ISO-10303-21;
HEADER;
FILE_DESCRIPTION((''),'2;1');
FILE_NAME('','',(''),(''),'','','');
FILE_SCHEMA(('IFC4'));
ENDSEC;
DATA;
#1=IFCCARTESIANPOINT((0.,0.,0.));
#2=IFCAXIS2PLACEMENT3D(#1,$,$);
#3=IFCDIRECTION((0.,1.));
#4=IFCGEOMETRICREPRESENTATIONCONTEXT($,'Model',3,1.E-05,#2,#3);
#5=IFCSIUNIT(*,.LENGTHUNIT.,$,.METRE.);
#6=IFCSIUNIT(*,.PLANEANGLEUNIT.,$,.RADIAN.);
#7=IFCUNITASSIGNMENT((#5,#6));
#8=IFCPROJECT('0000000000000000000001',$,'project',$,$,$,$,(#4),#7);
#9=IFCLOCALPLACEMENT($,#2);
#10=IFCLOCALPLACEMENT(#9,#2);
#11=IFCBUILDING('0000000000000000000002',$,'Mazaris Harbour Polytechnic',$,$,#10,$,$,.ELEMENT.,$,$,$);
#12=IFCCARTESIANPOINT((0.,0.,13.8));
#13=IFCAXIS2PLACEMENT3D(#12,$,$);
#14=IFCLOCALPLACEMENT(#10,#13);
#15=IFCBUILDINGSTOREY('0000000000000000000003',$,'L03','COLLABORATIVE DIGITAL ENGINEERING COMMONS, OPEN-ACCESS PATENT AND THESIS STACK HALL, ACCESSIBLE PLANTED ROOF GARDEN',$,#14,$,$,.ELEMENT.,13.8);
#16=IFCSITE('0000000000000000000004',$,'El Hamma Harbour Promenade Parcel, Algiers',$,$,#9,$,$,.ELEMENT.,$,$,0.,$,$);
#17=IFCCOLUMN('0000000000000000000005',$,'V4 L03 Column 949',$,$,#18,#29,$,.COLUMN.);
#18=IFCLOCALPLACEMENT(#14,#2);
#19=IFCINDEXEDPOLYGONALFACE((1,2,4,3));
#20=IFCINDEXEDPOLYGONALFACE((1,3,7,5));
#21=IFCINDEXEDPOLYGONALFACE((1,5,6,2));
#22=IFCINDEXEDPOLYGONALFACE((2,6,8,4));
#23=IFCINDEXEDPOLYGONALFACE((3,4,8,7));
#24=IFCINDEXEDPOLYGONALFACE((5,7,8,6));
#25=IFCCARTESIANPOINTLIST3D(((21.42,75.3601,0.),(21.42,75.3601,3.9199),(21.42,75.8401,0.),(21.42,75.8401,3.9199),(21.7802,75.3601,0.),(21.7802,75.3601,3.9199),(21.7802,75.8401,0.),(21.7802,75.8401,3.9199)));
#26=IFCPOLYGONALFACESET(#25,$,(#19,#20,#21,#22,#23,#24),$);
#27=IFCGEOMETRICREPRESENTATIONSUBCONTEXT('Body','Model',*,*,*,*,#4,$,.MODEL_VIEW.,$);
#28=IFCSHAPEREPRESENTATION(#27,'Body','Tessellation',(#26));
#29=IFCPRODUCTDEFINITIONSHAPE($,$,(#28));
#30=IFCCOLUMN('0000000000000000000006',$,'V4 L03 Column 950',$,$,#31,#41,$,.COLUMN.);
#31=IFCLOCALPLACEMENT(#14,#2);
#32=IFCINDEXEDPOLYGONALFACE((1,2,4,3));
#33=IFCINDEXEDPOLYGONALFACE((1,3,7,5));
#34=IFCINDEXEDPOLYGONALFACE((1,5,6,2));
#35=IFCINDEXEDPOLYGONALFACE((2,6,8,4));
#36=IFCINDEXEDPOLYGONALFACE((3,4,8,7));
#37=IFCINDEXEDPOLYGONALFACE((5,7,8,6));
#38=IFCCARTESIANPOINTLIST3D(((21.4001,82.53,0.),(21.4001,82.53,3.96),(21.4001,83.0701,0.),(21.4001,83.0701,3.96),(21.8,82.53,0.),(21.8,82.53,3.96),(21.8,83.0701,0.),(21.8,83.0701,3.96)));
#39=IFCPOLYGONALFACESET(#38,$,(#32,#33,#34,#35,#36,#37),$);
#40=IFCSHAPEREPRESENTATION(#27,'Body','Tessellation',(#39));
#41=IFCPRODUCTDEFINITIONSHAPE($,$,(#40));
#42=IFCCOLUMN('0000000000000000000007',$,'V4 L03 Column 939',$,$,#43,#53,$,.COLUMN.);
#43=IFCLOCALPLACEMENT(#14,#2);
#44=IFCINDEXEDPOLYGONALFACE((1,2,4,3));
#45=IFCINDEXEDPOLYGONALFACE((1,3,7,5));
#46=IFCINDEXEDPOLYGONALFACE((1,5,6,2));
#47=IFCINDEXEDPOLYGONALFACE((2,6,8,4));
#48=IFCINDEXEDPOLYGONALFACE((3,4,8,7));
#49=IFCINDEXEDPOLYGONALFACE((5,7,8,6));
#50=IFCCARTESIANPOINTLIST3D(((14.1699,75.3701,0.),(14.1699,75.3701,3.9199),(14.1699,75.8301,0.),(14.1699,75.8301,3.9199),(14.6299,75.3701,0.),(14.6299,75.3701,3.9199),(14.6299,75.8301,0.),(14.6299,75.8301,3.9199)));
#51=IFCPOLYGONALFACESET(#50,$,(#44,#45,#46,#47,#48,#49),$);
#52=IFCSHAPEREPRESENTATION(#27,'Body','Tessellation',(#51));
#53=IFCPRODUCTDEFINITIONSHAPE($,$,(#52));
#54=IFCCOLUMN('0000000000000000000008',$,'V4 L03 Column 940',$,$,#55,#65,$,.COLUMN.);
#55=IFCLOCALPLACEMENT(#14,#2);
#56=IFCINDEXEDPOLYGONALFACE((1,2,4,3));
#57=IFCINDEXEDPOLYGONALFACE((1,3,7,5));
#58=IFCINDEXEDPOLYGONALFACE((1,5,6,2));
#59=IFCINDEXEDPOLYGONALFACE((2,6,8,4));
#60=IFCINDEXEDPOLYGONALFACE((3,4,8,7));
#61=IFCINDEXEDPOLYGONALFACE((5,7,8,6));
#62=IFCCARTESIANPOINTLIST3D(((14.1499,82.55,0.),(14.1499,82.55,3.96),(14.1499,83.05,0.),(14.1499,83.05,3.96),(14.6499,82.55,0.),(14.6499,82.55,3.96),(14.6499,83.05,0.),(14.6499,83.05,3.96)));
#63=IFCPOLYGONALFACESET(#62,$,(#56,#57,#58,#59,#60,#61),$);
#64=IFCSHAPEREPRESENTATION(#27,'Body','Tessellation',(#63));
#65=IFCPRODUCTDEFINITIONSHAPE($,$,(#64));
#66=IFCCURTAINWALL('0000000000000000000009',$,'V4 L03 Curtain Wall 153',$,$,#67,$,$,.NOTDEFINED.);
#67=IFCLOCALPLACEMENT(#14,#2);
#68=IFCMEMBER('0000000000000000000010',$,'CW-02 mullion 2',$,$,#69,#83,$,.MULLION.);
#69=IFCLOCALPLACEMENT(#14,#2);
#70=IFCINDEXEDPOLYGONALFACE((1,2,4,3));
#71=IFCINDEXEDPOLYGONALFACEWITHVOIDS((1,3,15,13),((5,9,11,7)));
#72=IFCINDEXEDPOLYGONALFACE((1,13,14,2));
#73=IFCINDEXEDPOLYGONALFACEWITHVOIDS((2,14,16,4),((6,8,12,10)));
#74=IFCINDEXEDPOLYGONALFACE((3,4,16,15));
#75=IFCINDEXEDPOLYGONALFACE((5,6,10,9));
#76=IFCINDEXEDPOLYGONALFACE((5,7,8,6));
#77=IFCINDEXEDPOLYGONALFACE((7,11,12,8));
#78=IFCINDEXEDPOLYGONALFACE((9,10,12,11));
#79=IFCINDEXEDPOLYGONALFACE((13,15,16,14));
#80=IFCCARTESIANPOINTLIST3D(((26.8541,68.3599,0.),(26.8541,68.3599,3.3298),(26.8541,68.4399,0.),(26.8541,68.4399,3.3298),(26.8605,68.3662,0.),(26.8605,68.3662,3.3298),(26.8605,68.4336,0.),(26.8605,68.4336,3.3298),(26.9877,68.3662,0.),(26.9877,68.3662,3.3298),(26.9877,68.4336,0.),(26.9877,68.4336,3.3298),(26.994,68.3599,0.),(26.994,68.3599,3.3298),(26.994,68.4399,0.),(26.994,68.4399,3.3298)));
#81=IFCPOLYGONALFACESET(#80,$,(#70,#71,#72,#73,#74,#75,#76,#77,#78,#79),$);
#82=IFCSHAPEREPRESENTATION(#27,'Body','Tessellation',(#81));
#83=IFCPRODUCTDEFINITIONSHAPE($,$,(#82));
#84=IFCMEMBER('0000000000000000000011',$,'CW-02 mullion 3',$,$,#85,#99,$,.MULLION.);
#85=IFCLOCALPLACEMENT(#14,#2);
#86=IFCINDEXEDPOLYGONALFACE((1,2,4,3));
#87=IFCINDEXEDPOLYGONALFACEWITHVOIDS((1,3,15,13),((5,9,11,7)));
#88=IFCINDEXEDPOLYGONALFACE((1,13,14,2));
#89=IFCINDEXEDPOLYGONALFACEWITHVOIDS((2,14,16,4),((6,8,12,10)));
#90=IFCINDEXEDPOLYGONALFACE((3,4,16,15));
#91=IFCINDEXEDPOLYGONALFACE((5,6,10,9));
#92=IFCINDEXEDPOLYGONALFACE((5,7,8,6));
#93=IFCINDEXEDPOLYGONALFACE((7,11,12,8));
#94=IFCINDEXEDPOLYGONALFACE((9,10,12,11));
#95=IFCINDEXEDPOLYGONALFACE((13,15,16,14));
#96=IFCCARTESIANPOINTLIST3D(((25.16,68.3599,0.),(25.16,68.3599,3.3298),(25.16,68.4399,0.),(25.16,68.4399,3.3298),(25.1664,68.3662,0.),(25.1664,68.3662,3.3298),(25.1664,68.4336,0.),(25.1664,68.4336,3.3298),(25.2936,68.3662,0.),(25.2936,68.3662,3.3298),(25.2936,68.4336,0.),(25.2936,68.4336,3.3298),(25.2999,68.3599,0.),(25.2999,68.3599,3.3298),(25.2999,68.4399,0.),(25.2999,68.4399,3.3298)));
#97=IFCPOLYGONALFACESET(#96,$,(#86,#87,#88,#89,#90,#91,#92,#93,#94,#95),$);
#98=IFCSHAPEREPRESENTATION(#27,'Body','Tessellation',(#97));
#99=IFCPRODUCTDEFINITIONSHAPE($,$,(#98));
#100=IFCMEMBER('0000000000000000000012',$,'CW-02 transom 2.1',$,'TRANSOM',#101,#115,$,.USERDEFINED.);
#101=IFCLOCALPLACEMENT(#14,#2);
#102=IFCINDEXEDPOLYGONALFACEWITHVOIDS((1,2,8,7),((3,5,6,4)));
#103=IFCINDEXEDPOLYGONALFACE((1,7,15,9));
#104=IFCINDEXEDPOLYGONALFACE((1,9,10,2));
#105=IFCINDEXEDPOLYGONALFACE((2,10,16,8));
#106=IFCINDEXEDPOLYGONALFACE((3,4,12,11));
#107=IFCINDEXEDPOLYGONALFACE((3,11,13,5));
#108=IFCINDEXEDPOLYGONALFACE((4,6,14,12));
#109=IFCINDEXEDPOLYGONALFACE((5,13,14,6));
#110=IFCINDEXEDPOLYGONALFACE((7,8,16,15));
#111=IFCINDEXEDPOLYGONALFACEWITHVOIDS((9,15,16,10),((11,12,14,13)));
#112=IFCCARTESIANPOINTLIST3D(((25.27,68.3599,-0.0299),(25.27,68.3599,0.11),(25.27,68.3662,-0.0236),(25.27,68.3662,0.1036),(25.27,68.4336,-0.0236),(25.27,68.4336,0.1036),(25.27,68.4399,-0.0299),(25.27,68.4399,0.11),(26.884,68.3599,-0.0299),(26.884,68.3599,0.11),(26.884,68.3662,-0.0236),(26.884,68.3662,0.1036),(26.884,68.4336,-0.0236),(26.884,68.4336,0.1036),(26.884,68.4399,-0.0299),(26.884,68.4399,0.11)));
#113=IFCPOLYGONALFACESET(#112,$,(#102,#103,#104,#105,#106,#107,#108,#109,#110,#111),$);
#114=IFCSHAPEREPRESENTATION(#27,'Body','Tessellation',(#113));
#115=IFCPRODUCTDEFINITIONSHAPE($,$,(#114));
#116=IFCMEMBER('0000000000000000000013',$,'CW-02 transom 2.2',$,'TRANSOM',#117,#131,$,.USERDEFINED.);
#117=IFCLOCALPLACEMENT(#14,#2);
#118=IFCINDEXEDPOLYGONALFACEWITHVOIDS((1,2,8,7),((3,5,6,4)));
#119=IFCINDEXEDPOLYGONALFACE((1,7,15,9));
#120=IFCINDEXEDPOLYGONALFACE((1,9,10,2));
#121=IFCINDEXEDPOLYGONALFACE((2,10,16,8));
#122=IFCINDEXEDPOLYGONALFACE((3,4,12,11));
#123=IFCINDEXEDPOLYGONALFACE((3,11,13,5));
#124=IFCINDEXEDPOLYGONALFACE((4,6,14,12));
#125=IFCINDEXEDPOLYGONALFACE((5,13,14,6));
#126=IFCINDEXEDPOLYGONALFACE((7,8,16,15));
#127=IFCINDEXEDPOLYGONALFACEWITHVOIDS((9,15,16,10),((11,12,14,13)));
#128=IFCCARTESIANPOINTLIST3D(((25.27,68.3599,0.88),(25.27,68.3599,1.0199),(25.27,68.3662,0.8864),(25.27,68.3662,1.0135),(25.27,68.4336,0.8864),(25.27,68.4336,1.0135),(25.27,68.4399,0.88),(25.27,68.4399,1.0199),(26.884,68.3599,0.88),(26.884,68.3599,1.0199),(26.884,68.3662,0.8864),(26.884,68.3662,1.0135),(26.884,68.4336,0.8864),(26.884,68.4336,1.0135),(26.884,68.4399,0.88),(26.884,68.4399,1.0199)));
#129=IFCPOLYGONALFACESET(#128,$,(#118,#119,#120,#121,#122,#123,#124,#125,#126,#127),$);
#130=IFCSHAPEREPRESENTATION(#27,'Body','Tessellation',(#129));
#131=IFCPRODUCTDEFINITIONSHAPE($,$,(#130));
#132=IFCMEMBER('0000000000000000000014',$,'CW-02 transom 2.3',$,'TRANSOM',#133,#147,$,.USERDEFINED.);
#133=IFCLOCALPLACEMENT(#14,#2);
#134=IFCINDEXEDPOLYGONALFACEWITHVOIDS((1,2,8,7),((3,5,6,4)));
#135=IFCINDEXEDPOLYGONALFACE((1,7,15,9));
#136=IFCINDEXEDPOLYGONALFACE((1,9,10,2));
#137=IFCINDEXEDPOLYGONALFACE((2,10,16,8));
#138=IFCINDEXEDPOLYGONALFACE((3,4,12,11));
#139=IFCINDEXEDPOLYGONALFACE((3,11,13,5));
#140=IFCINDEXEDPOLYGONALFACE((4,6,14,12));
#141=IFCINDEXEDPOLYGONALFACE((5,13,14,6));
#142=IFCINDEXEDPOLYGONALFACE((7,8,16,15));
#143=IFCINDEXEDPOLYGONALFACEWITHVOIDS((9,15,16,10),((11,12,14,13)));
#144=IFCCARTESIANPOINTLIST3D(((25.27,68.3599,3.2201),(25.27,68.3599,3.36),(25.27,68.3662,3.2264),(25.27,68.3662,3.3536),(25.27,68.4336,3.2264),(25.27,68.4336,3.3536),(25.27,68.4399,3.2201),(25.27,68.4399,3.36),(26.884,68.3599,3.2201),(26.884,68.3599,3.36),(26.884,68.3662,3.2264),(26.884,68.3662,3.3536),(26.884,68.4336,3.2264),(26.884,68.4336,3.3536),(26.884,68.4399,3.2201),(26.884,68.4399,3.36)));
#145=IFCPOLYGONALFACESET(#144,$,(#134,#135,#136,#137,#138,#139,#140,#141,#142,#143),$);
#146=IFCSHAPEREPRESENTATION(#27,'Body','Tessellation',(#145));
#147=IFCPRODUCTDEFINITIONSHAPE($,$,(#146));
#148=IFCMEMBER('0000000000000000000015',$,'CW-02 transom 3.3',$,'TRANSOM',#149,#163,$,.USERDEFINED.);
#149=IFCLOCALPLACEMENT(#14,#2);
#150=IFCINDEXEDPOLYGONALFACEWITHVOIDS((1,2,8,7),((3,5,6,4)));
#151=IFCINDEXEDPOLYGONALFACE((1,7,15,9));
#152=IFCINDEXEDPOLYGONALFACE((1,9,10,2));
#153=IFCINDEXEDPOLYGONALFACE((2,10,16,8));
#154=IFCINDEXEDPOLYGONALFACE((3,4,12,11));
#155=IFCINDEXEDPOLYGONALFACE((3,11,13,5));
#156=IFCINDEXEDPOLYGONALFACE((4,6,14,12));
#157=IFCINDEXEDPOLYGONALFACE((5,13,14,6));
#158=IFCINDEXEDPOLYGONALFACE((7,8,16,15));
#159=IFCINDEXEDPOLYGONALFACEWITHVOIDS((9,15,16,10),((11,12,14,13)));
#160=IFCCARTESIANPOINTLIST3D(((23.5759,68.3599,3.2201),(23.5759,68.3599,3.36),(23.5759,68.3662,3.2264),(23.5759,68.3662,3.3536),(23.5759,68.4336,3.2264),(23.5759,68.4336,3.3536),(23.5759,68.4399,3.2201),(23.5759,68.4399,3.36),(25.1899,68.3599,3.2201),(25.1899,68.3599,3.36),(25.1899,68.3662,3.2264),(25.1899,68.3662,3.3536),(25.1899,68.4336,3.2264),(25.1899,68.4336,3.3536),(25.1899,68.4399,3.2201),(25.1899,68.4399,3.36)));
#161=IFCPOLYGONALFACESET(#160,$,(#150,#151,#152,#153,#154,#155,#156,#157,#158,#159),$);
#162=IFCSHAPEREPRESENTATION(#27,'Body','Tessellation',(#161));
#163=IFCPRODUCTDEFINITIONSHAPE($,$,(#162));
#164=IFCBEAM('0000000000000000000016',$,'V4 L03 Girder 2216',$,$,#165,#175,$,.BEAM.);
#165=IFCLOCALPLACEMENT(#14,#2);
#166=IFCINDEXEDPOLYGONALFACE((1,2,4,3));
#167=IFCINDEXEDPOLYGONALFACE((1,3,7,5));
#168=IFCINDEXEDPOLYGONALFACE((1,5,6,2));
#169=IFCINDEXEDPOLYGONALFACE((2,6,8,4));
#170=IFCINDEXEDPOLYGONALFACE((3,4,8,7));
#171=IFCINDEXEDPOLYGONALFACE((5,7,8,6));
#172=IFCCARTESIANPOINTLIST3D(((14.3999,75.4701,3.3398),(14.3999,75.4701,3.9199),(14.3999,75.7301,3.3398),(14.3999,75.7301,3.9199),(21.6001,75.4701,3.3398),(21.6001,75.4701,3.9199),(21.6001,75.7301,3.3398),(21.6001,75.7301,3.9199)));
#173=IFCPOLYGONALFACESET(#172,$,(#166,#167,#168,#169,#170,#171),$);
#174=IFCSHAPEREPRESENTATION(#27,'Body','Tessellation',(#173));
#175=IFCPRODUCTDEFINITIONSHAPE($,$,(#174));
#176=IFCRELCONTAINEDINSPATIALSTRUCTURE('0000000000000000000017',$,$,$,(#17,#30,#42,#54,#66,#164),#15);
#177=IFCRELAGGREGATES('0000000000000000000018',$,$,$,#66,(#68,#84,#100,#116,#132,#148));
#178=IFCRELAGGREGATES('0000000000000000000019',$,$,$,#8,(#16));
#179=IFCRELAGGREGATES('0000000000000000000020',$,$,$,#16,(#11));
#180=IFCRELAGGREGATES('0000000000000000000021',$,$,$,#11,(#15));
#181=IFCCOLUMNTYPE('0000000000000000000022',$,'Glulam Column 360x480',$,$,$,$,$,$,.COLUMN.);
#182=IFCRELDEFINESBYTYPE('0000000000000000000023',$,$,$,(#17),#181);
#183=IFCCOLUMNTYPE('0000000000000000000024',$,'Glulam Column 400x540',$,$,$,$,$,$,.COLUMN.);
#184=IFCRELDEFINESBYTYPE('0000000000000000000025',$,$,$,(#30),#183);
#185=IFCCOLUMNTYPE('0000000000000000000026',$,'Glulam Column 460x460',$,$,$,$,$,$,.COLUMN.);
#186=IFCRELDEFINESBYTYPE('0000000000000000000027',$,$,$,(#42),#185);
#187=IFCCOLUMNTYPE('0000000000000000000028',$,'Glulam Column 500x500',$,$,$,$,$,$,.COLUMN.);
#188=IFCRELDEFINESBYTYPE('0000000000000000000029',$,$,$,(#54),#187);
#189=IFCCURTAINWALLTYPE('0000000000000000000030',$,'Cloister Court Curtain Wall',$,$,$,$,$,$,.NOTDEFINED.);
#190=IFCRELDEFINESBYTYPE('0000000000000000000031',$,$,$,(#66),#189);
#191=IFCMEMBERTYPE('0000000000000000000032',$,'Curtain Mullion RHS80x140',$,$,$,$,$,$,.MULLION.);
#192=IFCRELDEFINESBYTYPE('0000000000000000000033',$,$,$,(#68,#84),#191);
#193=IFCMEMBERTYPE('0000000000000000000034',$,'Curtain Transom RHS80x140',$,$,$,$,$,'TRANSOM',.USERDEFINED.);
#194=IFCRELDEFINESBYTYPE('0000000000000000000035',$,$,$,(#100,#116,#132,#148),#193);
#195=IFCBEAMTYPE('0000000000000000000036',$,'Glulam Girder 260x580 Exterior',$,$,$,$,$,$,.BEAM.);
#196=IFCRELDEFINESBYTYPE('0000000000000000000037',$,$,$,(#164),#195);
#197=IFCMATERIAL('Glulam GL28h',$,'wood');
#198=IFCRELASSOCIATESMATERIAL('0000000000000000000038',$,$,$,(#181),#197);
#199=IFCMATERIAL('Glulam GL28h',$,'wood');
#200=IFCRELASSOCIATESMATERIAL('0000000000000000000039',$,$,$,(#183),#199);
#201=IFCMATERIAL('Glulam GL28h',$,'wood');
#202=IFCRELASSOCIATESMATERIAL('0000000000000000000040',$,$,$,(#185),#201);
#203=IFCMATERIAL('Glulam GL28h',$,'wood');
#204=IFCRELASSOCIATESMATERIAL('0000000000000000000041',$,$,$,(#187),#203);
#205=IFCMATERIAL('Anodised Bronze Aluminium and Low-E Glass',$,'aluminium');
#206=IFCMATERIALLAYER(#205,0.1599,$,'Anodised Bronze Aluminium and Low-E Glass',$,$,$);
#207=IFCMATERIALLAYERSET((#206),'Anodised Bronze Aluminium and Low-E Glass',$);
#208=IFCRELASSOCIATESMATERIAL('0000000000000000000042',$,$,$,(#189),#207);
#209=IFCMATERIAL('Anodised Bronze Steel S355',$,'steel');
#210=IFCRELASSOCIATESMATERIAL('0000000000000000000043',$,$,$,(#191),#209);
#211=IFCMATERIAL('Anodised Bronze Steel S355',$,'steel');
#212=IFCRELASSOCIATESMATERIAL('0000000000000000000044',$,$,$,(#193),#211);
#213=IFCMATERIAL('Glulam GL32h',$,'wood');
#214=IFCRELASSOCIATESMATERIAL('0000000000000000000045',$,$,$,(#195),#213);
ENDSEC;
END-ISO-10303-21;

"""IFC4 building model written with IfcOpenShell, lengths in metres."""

from ifc_helpers import new_model, si_unit, direction, frame, origin, origin_2d, place, context, subcontext, project, spatial, rectangle, hollow_rectangle, extrude, material, layer, layer_set, material_profile, profile_set, type_object, element, aggregate, save


model = new_model("IFC4")

# Units and contexts
model_context = context("Model", 3, precision=1e-05, world=origin(), true_north=direction((0.0, 1.0)))
body_context = subcontext(model_context, "Body", "Model", "MODEL_VIEW")
ifc_project = project(units=[si_unit("LENGTHUNIT", "METRE"), si_unit("PLANEANGLEUNIT", "RADIAN")], contexts=[model_context])

# Site, building, storey
site_placement = place(None, origin())
site = spatial("IfcSite", under=ifc_project, at=site_placement, Name="El Hamma Harbour Promenade Parcel, Algiers", CompositionType="ELEMENT", RefElevation=0.0)
building_placement = place(site_placement, origin())
building = spatial("IfcBuilding", under=site, at=building_placement, Name="Mazaris Harbour Polytechnic", CompositionType="ELEMENT")
storey_placement = place(building_placement, frame((0.0, 0.0, 13.8)))
storey = spatial("IfcBuildingStorey", under=building, at=storey_placement, Name="L03", Description="COLLABORATIVE DIGITAL ENGINEERING COMMONS, OPEN-ACCESS PATENT AND THESIS STACK HALL, ACCESSIBLE PLANTED ROOF GARDEN", CompositionType="ELEMENT", Elevation=13.8)

# Columns
ifc_material_1 = material(Name="Glulam GL28h", Category="wood")
ifc_material_profile_1 = material_profile(ifc_material_1, rectangle(XDim=0.3601, YDim=0.48, at=origin_2d()), Name="RECT360x480")
ifc_profile_set_1 = profile_set([ifc_material_profile_1], Name="Glulam GL28h")
column_type_1 = type_object("IfcColumnType", Name="Glulam Column 360x480", PredefinedType="COLUMN", material=ifc_profile_set_1)
column_1_placement = place(storey_placement, frame((21.6001, 75.6001, 0.0), z_axis=(0.0, 0.0, 1.0), x_axis=(1.0, 0.0, 0.0)))
element("IfcColumn", 1, at=column_1_placement, inside=storey, type_object=column_type_1, Name="V4 L03 Column 949", PredefinedType="COLUMN", context=body_context, shape_type="SweptSolid", body=[
    extrude(rectangle(XDim=0.3601, YDim=0.48, at=origin_2d()), origin(), (0.0, 0.0, 1.0), 3.9199),
])
ifc_material_2 = material(Name="Glulam GL28h", Category="wood")
ifc_material_profile_2 = material_profile(ifc_material_2, rectangle(XDim=0.3999, YDim=0.54, at=origin_2d()), Name="RECT400x540")
ifc_profile_set_2 = profile_set([ifc_material_profile_2], Name="Glulam GL28h")
column_type_2 = type_object("IfcColumnType", Name="Glulam Column 400x540", PredefinedType="COLUMN", material=ifc_profile_set_2)
column_2_placement = place(storey_placement, frame((21.6001, 82.8, 0.0), z_axis=(0.0, 0.0, 1.0), x_axis=(1.0, 0.0, 0.0)))
element("IfcColumn", 2, at=column_2_placement, inside=storey, type_object=column_type_2, Name="V4 L03 Column 950", PredefinedType="COLUMN", context=body_context, shape_type="SweptSolid", body=[
    extrude(rectangle(XDim=0.3999, YDim=0.54, at=origin_2d()), origin(), (0.0, 0.0, 1.0), 3.96),
])
ifc_material_3 = material(Name="Glulam GL28h", Category="wood")
ifc_material_profile_3 = material_profile(ifc_material_3, rectangle(XDim=0.46, YDim=0.46, at=origin_2d()), Name="RECT460x460")
ifc_profile_set_3 = profile_set([ifc_material_profile_3], Name="Glulam GL28h")
column_type_3 = type_object("IfcColumnType", Name="Glulam Column 460x460", PredefinedType="COLUMN", material=ifc_profile_set_3)
column_3_placement = place(storey_placement, frame((14.3999, 75.6001, 0.0), z_axis=(0.0, 0.0, 1.0), x_axis=(1.0, 0.0, 0.0)))
element("IfcColumn", 3, at=column_3_placement, inside=storey, type_object=column_type_3, Name="V4 L03 Column 939", PredefinedType="COLUMN", context=body_context, shape_type="SweptSolid", body=[
    extrude(rectangle(XDim=0.46, YDim=0.46, at=origin_2d()), origin(), (0.0, 0.0, 1.0), 3.9199),
])
ifc_material_4 = material(Name="Glulam GL28h", Category="wood")
ifc_material_profile_4 = material_profile(ifc_material_4, rectangle(XDim=0.5, YDim=0.5, at=origin_2d()), Name="RECT500x500")
ifc_profile_set_4 = profile_set([ifc_material_profile_4], Name="Glulam GL28h")
column_type_4 = type_object("IfcColumnType", Name="Glulam Column 500x500", PredefinedType="COLUMN", material=ifc_profile_set_4)
column_4_placement = place(storey_placement, frame((14.3999, 82.8, 0.0), z_axis=(0.0, 0.0, 1.0), x_axis=(1.0, 0.0, 0.0)))
element("IfcColumn", 4, at=column_4_placement, inside=storey, type_object=column_type_4, Name="V4 L03 Column 940", PredefinedType="COLUMN", context=body_context, shape_type="SweptSolid", body=[
    extrude(rectangle(XDim=0.5, YDim=0.5, at=origin_2d()), origin(), (0.0, 0.0, 1.0), 3.96),
])

# Curtain wall, members
ifc_material_5 = material(Name="Anodised Bronze Aluminium and Low-E Glass", Category="aluminium")
ifc_layer_1 = layer(ifc_material_5, 0.1599, Name="Anodised Bronze Aluminium and Low-E Glass")
ifc_layer_set_1 = layer_set([ifc_layer_1], Name="Anodised Bronze Aluminium and Low-E Glass")
curtain_wall_type = type_object("IfcCurtainWallType", Name="Cloister Court Curtain Wall", PredefinedType="NOTDEFINED", material=ifc_layer_set_1)
curtain_wall_placement = place(storey_placement, origin())
curtain_wall = element("IfcCurtainWall", 5, at=curtain_wall_placement, inside=storey, type_object=curtain_wall_type, Name="V4 L03 Curtain Wall 153", PredefinedType="NOTDEFINED")
ifc_material_6 = material(Name="Anodised Bronze Steel S355", Category="steel")
ifc_material_profile_5 = material_profile(ifc_material_6, hollow_rectangle(XDim=0.0801, YDim=0.1399, WallThickness=0.0063, at=origin_2d()), Name="RHS 80x140x6.3")
ifc_profile_set_5 = profile_set([ifc_material_profile_5], Name="Anodised Bronze Steel S355")
member_type_1 = type_object("IfcMemberType", Name="Curtain Mullion RHS80x140", PredefinedType="MULLION", material=ifc_profile_set_5)
member_1_placement = place(storey_placement, frame((26.9241, 68.3999, 0.0), z_axis=(0.0, 0.0, 1.0), x_axis=(0.0, -1.0, 0.0)))
member_1 = element("IfcMember", 6, at=member_1_placement, type_object=member_type_1, Name="CW-02 mullion 2", PredefinedType="MULLION", context=body_context, shape_type="SweptSolid", body=[
    extrude(hollow_rectangle(XDim=0.0801, YDim=0.1399, WallThickness=0.0063, at=origin_2d()), origin(), (0.0, 0.0, 1.0), 3.3298),
])
member_2_placement = place(storey_placement, frame((25.23, 68.3999, 0.0), z_axis=(0.0, 0.0, 1.0), x_axis=(0.0, -1.0, 0.0)))
member_2 = element("IfcMember", 7, at=member_2_placement, type_object=member_type_1, Name="CW-02 mullion 3", PredefinedType="MULLION", context=body_context, shape_type="SweptSolid", body=[
    extrude(hollow_rectangle(XDim=0.0801, YDim=0.1399, WallThickness=0.0063, at=origin_2d()), origin(), (0.0, 0.0, 1.0), 3.3298),
])
ifc_material_7 = material(Name="Anodised Bronze Steel S355", Category="steel")
ifc_material_profile_6 = material_profile(ifc_material_7, hollow_rectangle(XDim=0.0801, YDim=0.1399, WallThickness=0.0063, at=origin_2d()), Name="RHS 80x140x6.3")
ifc_profile_set_6 = profile_set([ifc_material_profile_6], Name="Anodised Bronze Steel S355")
member_type_2 = type_object("IfcMemberType", Name="Curtain Transom RHS80x140", ElementType="TRANSOM", PredefinedType="USERDEFINED", material=ifc_profile_set_6)
member_3_placement = place(storey_placement, frame((26.884, 68.3999, 0.04), z_axis=(-1.0, 0.0, 0.0), x_axis=(0.0, -1.0, 0.0)))
member_3 = element("IfcMember", 8, at=member_3_placement, type_object=member_type_2, Name="CW-02 transom 2.1", ObjectType="TRANSOM", PredefinedType="USERDEFINED", context=body_context, shape_type="SweptSolid", body=[
    extrude(hollow_rectangle(XDim=0.0801, YDim=0.1399, WallThickness=0.0063, at=origin_2d()), origin(), (0.0, 0.0, 1.0), 1.614),
])
member_4_placement = place(storey_placement, frame((26.884, 68.3999, 0.95), z_axis=(-1.0, 0.0, 0.0), x_axis=(0.0, -1.0, 0.0)))
member_4 = element("IfcMember", 9, at=member_4_placement, type_object=member_type_2, Name="CW-02 transom 2.2", ObjectType="TRANSOM", PredefinedType="USERDEFINED", context=body_context, shape_type="SweptSolid", body=[
    extrude(hollow_rectangle(XDim=0.0801, YDim=0.1399, WallThickness=0.0063, at=origin_2d()), origin(), (0.0, 0.0, 1.0), 1.614),
])
member_5_placement = place(storey_placement, frame((26.884, 68.3999, 3.29), z_axis=(-1.0, 0.0, 0.0), x_axis=(0.0, -1.0, 0.0)))
member_5 = element("IfcMember", 10, at=member_5_placement, type_object=member_type_2, Name="CW-02 transom 2.3", ObjectType="TRANSOM", PredefinedType="USERDEFINED", context=body_context, shape_type="SweptSolid", body=[
    extrude(hollow_rectangle(XDim=0.0801, YDim=0.1399, WallThickness=0.0063, at=origin_2d()), origin(), (0.0, 0.0, 1.0), 1.614),
])
member_6_placement = place(storey_placement, frame((25.1899, 68.3999, 3.29), z_axis=(-1.0, 0.0, 0.0), x_axis=(0.0, -1.0, 0.0)))
member_6 = element("IfcMember", 11, at=member_6_placement, type_object=member_type_2, Name="CW-02 transom 3.3", ObjectType="TRANSOM", PredefinedType="USERDEFINED", context=body_context, shape_type="SweptSolid", body=[
    extrude(hollow_rectangle(XDim=0.0801, YDim=0.1399, WallThickness=0.0063, at=origin_2d()), origin(), (0.0, 0.0, 1.0), 1.614),
])

# Beam
ifc_material_8 = material(Name="Glulam GL32h", Category="wood")
ifc_material_profile_7 = material_profile(ifc_material_8, rectangle(XDim=0.26, YDim=0.5801, at=origin_2d()), Name="RECT260x580")
ifc_profile_set_7 = profile_set([ifc_material_profile_7], Name="Glulam GL32h")
beam_type_1 = type_object("IfcBeamType", Name="Glulam Girder 260x580 Exterior", PredefinedType="BEAM", material=ifc_profile_set_7)
beam_1_placement = place(storey_placement, frame((14.3999, 75.6001, 3.6299), z_axis=(1.0, 0.0, 0.0), x_axis=(0.0, 1.0, 0.0)))
element("IfcBeam", 12, at=beam_1_placement, inside=storey, type_object=beam_type_1, Name="V4 L03 Girder 2216", PredefinedType="BEAM", context=body_context, shape_type="SweptSolid", body=[
    extrude(rectangle(XDim=0.26, YDim=0.5801, at=origin_2d()), origin(), (0.0, 0.0, 1.0), 7.2002),
])

aggregate(curtain_wall, [member_1, member_2, member_3, member_4, member_5, member_6])

save(model, "model.ifc")
